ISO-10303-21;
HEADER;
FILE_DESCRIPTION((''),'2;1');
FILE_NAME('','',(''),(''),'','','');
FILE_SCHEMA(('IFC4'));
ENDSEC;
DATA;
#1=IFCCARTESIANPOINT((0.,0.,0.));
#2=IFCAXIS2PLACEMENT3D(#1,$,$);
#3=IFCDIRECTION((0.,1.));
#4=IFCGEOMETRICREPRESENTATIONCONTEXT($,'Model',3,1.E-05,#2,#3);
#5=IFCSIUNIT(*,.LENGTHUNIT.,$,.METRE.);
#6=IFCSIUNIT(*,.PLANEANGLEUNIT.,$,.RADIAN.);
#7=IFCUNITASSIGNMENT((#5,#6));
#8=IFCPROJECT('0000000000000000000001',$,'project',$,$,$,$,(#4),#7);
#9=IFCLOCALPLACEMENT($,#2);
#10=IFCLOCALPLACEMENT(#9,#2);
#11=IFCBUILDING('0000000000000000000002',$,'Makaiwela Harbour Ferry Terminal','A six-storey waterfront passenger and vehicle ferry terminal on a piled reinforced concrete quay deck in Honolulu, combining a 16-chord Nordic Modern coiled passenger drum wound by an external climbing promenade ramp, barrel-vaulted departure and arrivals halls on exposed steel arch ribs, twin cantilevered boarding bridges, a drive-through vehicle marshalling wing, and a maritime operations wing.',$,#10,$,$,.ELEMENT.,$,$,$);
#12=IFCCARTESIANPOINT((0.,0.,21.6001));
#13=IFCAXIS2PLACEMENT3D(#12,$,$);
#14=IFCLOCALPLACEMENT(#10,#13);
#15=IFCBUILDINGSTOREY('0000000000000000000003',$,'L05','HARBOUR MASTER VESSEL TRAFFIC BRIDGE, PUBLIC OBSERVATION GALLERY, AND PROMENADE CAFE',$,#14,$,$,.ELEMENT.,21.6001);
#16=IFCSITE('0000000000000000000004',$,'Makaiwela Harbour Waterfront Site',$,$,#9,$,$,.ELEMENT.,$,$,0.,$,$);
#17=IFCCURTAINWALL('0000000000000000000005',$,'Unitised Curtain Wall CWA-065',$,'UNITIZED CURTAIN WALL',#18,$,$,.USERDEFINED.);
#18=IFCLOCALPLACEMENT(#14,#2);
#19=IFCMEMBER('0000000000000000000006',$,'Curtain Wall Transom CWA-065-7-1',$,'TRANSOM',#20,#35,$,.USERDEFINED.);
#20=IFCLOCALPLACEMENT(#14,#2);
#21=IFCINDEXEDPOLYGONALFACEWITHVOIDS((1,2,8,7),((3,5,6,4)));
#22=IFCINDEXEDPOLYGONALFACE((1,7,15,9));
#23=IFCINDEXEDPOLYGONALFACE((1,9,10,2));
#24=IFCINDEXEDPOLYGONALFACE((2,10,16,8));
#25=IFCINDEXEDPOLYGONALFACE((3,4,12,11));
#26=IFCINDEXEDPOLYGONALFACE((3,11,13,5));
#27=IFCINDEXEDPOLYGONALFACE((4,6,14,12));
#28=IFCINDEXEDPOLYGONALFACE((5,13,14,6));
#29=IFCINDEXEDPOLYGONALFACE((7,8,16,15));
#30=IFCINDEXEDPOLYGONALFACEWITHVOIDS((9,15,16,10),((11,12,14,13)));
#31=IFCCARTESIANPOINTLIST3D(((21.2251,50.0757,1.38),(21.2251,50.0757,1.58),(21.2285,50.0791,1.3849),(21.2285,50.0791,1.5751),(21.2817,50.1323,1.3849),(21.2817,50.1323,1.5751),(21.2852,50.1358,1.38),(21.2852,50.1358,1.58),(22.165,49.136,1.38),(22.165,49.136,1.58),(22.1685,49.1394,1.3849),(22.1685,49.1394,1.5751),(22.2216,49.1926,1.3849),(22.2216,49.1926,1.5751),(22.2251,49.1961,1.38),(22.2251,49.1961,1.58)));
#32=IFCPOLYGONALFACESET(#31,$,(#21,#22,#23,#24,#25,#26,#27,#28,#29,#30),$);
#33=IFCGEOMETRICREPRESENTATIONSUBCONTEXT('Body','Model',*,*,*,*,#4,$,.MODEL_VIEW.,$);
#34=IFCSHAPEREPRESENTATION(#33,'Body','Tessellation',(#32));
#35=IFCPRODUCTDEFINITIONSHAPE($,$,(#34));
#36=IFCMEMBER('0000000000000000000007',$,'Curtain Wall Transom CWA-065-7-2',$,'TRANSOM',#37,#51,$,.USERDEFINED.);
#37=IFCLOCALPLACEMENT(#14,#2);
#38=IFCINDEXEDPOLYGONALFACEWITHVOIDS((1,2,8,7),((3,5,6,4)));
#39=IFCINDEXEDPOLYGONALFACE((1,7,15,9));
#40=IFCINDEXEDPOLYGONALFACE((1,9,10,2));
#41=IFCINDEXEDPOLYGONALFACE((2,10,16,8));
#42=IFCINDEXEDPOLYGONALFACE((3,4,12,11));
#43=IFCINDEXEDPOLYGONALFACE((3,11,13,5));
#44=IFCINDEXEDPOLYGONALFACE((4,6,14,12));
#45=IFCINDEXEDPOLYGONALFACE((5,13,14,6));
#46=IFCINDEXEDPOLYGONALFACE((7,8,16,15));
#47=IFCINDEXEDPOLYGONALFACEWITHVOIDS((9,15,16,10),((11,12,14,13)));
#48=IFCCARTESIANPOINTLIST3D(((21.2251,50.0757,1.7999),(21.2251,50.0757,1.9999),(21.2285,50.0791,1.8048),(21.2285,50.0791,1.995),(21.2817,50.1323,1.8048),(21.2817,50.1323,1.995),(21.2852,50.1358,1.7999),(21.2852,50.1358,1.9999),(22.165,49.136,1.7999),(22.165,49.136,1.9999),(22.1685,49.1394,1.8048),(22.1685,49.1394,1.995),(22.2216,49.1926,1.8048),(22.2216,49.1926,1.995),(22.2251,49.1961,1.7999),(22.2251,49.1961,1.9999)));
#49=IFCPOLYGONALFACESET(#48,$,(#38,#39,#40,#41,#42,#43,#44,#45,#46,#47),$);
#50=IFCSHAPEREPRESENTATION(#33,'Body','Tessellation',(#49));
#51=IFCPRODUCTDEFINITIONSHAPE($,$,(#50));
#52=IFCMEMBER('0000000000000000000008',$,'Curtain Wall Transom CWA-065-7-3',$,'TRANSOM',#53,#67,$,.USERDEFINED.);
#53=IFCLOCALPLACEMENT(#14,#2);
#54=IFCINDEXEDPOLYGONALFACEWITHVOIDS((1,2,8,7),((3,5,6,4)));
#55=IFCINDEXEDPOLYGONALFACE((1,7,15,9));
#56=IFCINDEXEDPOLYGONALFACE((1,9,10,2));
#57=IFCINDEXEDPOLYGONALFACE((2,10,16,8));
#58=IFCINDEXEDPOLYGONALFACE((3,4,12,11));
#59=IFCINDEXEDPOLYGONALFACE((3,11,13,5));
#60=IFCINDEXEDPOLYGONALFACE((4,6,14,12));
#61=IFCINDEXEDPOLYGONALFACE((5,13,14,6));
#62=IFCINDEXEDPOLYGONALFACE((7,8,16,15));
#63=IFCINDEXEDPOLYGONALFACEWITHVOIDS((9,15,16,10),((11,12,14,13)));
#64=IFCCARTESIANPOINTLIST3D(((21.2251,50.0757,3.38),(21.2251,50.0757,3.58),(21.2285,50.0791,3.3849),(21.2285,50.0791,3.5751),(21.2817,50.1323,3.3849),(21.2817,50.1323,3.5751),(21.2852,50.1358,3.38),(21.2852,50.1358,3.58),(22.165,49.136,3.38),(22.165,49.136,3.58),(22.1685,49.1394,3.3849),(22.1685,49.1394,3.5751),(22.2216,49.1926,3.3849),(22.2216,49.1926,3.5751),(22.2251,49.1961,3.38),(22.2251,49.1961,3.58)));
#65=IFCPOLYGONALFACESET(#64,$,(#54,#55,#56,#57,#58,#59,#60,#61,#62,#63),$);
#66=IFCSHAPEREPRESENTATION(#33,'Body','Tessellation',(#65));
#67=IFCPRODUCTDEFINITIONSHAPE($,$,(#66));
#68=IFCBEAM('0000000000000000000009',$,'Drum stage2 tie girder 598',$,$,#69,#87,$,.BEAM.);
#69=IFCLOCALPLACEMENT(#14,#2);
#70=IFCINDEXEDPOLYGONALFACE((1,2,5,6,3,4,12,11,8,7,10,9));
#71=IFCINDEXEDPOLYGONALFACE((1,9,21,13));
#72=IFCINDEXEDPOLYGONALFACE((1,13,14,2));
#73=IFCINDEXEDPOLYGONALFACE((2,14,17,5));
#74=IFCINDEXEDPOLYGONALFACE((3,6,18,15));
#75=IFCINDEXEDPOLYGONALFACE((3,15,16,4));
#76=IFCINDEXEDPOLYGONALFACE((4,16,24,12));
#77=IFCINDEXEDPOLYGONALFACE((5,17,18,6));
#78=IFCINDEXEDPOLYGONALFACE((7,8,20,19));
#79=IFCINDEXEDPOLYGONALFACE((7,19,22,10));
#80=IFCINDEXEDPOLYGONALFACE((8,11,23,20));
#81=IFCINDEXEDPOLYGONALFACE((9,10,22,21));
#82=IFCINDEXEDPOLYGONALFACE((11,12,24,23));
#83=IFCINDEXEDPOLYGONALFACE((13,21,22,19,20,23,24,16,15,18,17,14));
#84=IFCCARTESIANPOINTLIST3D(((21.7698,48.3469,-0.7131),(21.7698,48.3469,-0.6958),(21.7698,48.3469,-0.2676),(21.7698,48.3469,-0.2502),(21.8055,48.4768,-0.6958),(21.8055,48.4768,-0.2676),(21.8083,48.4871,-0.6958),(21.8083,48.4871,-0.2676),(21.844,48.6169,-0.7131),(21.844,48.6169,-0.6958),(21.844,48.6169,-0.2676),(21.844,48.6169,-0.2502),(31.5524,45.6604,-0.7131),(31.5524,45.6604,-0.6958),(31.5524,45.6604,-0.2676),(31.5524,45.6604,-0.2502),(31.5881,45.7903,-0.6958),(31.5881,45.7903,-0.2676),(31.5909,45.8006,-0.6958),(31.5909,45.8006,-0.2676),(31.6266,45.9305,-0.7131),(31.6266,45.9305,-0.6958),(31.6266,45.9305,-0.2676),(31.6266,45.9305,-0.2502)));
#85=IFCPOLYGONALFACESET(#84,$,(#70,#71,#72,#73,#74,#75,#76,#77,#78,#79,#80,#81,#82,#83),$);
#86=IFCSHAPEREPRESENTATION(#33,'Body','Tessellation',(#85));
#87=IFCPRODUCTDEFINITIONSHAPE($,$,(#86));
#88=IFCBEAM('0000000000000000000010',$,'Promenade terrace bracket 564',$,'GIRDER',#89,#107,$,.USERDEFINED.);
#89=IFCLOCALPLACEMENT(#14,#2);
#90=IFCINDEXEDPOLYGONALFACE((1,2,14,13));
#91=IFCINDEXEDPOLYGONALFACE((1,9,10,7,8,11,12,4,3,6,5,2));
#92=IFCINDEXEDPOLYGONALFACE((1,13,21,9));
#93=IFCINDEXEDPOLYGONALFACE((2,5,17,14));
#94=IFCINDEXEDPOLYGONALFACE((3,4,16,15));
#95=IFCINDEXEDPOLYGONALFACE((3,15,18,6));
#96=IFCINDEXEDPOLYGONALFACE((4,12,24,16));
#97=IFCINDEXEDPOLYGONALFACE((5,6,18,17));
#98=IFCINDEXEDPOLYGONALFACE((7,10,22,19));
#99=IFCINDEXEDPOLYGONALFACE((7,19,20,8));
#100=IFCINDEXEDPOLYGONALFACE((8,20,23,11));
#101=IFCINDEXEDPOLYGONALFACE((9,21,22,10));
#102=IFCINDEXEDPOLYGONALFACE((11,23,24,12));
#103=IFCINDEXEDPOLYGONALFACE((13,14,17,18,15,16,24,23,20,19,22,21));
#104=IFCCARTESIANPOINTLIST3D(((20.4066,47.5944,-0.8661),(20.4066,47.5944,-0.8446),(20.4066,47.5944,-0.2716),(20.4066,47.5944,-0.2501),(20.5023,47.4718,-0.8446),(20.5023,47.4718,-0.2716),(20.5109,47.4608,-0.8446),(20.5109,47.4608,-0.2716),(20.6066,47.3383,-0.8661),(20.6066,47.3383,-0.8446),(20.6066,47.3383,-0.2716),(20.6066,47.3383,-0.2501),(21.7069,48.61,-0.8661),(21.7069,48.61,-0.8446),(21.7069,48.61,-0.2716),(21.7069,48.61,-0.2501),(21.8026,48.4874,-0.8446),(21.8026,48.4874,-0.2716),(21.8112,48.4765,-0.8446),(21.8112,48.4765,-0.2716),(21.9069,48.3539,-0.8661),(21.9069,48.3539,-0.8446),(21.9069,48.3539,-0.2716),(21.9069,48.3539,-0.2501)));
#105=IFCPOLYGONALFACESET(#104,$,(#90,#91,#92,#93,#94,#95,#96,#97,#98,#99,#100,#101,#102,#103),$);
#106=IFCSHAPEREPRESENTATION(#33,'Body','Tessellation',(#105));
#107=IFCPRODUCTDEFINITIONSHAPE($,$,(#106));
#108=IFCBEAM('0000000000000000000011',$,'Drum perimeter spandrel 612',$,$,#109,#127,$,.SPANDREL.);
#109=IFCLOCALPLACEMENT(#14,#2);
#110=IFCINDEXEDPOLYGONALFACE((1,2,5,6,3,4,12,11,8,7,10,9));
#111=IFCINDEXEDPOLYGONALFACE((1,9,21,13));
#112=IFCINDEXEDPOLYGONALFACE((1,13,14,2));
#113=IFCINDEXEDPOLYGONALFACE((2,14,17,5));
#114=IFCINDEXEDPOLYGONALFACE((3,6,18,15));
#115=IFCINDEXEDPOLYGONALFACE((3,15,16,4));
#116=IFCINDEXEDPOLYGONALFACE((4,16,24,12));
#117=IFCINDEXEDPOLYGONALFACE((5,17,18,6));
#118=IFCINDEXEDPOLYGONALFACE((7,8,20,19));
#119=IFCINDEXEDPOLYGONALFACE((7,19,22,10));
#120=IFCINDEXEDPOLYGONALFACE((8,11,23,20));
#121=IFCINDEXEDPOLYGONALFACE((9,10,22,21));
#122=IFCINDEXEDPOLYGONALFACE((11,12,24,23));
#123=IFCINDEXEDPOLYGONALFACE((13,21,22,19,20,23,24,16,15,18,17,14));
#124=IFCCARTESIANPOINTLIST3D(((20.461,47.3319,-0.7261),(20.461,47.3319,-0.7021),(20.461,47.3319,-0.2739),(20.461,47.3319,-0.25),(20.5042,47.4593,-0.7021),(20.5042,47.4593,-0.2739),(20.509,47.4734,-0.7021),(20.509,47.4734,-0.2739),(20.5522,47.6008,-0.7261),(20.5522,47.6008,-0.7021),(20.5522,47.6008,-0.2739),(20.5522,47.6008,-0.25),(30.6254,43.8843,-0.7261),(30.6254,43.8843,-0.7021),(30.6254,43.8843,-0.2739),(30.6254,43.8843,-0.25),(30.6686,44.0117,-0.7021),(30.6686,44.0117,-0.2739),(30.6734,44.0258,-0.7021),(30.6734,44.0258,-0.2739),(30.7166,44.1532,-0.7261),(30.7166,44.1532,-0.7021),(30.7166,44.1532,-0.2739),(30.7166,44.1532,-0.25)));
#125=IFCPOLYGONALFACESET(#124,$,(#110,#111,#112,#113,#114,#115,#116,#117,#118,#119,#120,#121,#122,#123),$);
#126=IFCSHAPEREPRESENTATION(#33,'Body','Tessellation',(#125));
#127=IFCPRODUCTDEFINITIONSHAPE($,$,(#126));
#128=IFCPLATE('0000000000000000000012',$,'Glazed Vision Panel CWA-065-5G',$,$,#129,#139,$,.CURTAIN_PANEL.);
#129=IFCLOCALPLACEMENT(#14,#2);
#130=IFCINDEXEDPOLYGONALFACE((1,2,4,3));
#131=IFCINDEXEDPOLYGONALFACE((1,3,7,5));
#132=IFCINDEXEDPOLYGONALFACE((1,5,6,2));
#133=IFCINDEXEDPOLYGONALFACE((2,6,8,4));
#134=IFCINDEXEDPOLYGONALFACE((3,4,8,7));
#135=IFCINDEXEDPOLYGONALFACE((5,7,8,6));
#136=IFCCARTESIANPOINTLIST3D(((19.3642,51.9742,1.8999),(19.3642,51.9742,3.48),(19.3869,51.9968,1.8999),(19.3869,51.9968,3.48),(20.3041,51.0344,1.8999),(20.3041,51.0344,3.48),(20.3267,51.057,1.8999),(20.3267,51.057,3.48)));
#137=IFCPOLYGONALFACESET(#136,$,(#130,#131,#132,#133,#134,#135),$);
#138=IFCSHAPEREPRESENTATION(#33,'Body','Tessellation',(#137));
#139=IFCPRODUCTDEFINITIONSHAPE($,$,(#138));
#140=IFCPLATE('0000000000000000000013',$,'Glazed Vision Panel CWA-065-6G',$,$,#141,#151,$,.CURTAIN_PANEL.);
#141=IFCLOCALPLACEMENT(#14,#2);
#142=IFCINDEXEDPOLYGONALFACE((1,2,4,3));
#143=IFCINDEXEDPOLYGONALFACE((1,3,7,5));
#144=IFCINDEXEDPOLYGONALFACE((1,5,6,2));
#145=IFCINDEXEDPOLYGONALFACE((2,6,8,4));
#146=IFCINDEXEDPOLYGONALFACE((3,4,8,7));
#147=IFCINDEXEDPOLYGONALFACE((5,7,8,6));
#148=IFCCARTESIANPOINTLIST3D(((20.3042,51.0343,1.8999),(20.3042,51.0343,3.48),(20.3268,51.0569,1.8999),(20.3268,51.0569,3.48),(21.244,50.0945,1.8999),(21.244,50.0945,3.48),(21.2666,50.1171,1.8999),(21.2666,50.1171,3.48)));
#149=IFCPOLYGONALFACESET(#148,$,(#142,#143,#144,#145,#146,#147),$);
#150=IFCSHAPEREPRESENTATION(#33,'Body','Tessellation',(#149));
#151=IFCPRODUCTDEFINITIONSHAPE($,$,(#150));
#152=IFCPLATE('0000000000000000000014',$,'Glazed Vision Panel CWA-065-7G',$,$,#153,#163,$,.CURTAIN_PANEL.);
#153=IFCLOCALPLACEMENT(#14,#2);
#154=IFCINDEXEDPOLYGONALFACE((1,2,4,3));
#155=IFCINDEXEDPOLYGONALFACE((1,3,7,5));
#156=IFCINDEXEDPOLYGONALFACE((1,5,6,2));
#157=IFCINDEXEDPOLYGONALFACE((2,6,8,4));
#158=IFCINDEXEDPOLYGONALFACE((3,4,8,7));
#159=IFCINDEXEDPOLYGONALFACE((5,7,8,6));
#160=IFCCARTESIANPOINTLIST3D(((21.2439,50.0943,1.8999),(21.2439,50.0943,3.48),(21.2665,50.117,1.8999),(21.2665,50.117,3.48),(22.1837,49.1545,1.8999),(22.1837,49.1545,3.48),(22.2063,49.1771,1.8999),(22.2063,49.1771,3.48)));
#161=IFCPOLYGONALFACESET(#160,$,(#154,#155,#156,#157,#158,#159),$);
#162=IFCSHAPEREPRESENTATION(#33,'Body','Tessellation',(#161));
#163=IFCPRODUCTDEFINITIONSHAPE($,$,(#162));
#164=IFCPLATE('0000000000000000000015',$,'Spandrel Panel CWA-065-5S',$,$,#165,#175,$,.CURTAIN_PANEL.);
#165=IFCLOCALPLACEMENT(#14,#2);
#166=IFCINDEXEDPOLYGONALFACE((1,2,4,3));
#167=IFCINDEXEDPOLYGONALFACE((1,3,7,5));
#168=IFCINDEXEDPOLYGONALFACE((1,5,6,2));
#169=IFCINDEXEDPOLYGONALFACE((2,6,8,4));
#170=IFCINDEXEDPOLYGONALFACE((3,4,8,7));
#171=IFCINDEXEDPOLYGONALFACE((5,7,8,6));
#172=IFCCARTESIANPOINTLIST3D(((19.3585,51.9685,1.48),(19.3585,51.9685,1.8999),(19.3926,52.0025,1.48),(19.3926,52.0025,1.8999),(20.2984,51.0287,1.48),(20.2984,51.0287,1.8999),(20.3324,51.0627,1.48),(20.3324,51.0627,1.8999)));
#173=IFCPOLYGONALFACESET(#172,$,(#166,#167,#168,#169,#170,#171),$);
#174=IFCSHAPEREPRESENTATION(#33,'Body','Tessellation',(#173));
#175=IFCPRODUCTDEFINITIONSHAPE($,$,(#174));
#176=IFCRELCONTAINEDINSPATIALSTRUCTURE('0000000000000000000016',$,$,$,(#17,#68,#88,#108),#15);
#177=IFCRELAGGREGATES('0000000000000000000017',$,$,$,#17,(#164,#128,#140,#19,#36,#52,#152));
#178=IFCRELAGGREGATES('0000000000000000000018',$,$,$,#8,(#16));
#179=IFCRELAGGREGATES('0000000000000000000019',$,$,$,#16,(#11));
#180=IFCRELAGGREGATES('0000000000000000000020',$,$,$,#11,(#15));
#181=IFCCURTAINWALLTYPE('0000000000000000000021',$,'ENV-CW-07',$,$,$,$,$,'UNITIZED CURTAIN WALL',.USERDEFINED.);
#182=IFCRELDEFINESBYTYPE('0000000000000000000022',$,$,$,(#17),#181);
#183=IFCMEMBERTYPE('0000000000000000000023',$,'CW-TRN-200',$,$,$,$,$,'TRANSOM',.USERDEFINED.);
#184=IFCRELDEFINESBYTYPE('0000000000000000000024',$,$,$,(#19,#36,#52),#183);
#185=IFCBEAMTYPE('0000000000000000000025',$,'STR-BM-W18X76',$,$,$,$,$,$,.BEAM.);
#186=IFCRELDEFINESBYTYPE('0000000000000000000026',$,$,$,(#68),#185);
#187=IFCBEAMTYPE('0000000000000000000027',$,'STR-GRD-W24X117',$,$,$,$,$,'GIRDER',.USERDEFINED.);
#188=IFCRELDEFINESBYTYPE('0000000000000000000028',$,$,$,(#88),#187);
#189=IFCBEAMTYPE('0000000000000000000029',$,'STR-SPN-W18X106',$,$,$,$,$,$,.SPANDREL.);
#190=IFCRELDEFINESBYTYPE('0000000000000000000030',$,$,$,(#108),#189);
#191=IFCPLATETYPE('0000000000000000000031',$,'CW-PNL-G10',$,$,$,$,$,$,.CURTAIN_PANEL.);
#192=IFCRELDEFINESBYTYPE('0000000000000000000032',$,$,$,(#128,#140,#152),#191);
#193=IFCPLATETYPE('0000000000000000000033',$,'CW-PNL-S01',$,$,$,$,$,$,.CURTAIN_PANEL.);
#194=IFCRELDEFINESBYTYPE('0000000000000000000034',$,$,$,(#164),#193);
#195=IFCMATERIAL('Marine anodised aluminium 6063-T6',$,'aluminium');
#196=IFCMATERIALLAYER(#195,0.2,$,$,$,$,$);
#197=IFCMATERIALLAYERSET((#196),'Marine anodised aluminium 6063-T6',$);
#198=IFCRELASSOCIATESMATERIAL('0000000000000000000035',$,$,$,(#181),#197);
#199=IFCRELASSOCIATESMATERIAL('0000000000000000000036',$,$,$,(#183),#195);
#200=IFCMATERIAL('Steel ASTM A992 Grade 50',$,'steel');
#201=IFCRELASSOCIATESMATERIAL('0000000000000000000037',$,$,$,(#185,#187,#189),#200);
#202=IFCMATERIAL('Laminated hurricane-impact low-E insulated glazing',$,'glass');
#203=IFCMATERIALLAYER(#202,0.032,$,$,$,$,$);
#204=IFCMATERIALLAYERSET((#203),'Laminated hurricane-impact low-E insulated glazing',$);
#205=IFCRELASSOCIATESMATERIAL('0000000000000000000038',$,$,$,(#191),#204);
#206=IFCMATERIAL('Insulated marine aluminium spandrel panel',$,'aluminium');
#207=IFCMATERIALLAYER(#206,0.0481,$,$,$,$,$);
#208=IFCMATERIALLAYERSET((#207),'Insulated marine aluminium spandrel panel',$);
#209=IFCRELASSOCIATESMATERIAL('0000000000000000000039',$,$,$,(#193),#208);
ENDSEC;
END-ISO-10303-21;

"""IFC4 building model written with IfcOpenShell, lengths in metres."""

from ifc_helpers import new_model, si_unit, direction, frame, origin, origin_2d, place, context, subcontext, project, spatial, rectangle, hollow_rectangle, i_section, extrude, material, layer, layer_set, material_profile, profile_set, type_object, element, aggregate, save


model = new_model("IFC4")

# Units and contexts
model_context = context("Model", 3, precision=1e-05, world=origin(), true_north=direction((0.0, 1.0)))
body_context = subcontext(model_context, "Body", "Model", "MODEL_VIEW")
ifc_project = project(units=[si_unit("LENGTHUNIT", "METRE"), si_unit("PLANEANGLEUNIT", "RADIAN")], contexts=[model_context])

# Site, building, storey
site_placement = place(None, origin())
site = spatial("IfcSite", under=ifc_project, at=site_placement, Name="Makaiwela Harbour Waterfront Site", CompositionType="ELEMENT", RefElevation=0.0)
building_placement = place(site_placement, origin())
building = spatial("IfcBuilding", under=site, at=building_placement, Name="Makaiwela Harbour Ferry Terminal", Description="A six-storey waterfront passenger and vehicle ferry terminal on a piled reinforced concrete quay deck in Honolulu, combining a 16-chord Nordic Modern coiled passenger drum wound by an external climbing promenade ramp, barrel-vaulted departure and arrivals halls on exposed steel arch ribs, twin cantilevered boarding bridges, a drive-through vehicle marshalling wing, and a maritime operations wing.", CompositionType="ELEMENT")
storey_placement = place(building_placement, frame((0.0, 0.0, 21.6001)))
storey = spatial("IfcBuildingStorey", under=building, at=storey_placement, Name="L05", Description="HARBOUR MASTER VESSEL TRAFFIC BRIDGE, PUBLIC OBSERVATION GALLERY, AND PROMENADE CAFE", CompositionType="ELEMENT", Elevation=21.6001)

# Curtain wall
ifc_material_1 = material(Name="Marine anodised aluminium 6063-T6", Category="aluminium")
ifc_layer_1 = layer(ifc_material_1, 0.2)
ifc_layer_set_1 = layer_set([ifc_layer_1], Name="Marine anodised aluminium 6063-T6")
curtain_wall_type = type_object("IfcCurtainWallType", Name="ENV-CW-07", ElementType="UNITIZED CURTAIN WALL", PredefinedType="USERDEFINED", material=ifc_layer_set_1)
curtain_wall_1_placement = place(storey_placement, origin())
curtain_wall_1 = element("IfcCurtainWall", 1, at=curtain_wall_1_placement, inside=storey, type_object=curtain_wall_type, Name="Unitised Curtain Wall CWA-065", ObjectType="UNITIZED CURTAIN WALL", PredefinedType="USERDEFINED")

# Members
ifc_material_profile_1 = material_profile(ifc_material_1, hollow_rectangle(XDim=0.085, YDim=0.2, WallThickness=0.0049, at=origin_2d()), Name="CWT-200X85")
ifc_profile_set_1 = profile_set([ifc_material_profile_1], Name="Marine anodised aluminium 6063-T6")
member_type_1 = type_object("IfcMemberType", Name="CW-TRN-200", ElementType="TRANSOM", PredefinedType="USERDEFINED", material=ifc_profile_set_1)
member_1_placement = place(storey_placement, frame((21.2551, 50.1057, 1.48), z_axis=(0.707199, -0.707015, 0.0), x_axis=(0.707015, 0.707199, 0.0)))
member_1 = element("IfcMember", 2, at=member_1_placement, type_object=member_type_1, Name="Curtain Wall Transom CWA-065-7-1", ObjectType="TRANSOM", PredefinedType="USERDEFINED", context=body_context, shape_type="SweptSolid", body=[
    extrude(hollow_rectangle(XDim=0.085, YDim=0.2, WallThickness=0.0049, at=origin_2d()), origin(), (0.0, 0.0, 1.0), 1.3291),
])
member_2_placement = place(storey_placement, frame((21.2551, 50.1057, 1.8999), z_axis=(0.707199, -0.707015, 0.0), x_axis=(0.707015, 0.707199, 0.0)))
member_2 = element("IfcMember", 3, at=member_2_placement, type_object=member_type_1, Name="Curtain Wall Transom CWA-065-7-2", ObjectType="TRANSOM", PredefinedType="USERDEFINED", context=body_context, shape_type="SweptSolid", body=[
    extrude(hollow_rectangle(XDim=0.085, YDim=0.2, WallThickness=0.0049, at=origin_2d()), origin(), (0.0, 0.0, 1.0), 1.3291),
])
member_3_placement = place(storey_placement, frame((21.2551, 50.1057, 3.48), z_axis=(0.707199, -0.707015, 0.0), x_axis=(0.707015, 0.707199, 0.0)))
member_3 = element("IfcMember", 4, at=member_3_placement, type_object=member_type_1, Name="Curtain Wall Transom CWA-065-7-3", ObjectType="TRANSOM", PredefinedType="USERDEFINED", context=body_context, shape_type="SweptSolid", body=[
    extrude(hollow_rectangle(XDim=0.085, YDim=0.2, WallThickness=0.0049, at=origin_2d()), origin(), (0.0, 0.0, 1.0), 1.3291),
])

# Beams
ifc_material_2 = material(Name="Steel ASTM A992 Grade 50", Category="steel")
ifc_material_profile_2 = material_profile(ifc_material_2, i_section(OverallWidth=0.28, OverallDepth=0.4629, WebThickness=0.0107, FlangeThickness=0.0173, at=origin_2d()), Name="W18X76")
ifc_profile_set_2 = profile_set([ifc_material_profile_2], Name="Steel ASTM A992 Grade 50")
beam_type_1 = type_object("IfcBeamType", Name="STR-BM-W18X76", PredefinedType="BEAM", material=ifc_profile_set_2)
beam_1_placement = place(storey_placement, frame((21.8069, 48.4819, -0.4817), z_axis=(0.964299, -0.264815, 0.0), x_axis=(0.264815, 0.964299, 0.0)))
element("IfcBeam", 5, at=beam_1_placement, inside=storey, type_object=beam_type_1, Name="Drum stage2 tie girder 598", PredefinedType="BEAM", context=body_context, shape_type="SweptSolid", body=[
    extrude(i_section(OverallWidth=0.28, OverallDepth=0.4629, WebThickness=0.0107, FlangeThickness=0.0173, at=origin_2d()), origin(), (0.0, 0.0, 1.0), 10.1448),
])
ifc_material_profile_3 = material_profile(ifc_material_2, i_section(OverallWidth=0.325, OverallDepth=0.616, WebThickness=0.0139, FlangeThickness=0.0215, at=origin_2d()), Name="W24X117")
ifc_profile_set_3 = profile_set([ifc_material_profile_3], Name="Steel ASTM A992 Grade 50")
beam_type_2 = type_object("IfcBeamType", Name="STR-GRD-W24X117", ElementType="GIRDER", PredefinedType="USERDEFINED", material=ifc_profile_set_3)
beam_2_placement = place(storey_placement, frame((21.8069, 48.4819, -0.5581), z_axis=(-0.788092, -0.615558, 0.0), x_axis=(0.615558, -0.788092, 0.0)))
element("IfcBeam", 6, at=beam_2_placement, inside=storey, type_object=beam_type_2, Name="Promenade terrace bracket 564", ObjectType="GIRDER", PredefinedType="USERDEFINED", context=body_context, shape_type="SweptSolid", body=[
    extrude(i_section(OverallWidth=0.325, OverallDepth=0.616, WebThickness=0.0139, FlangeThickness=0.0215, at=origin_2d()), origin(), (0.0, 0.0, 1.0), 1.6499),
])
ifc_material_profile_4 = material_profile(ifc_material_2, i_section(OverallWidth=0.2839, OverallDepth=0.4761, WebThickness=0.0149, FlangeThickness=0.0239, at=origin_2d()), Name="W18X106")
ifc_profile_set_4 = profile_set([ifc_material_profile_4], Name="Steel ASTM A992 Grade 50")
beam_type_3 = type_object("IfcBeamType", Name="STR-SPN-W18X106", PredefinedType="SPANDREL", material=ifc_profile_set_4)
beam_3_placement = place(storey_placement, frame((20.5066, 47.4663, -0.488), z_axis=(0.94701, -0.321205, 0.0), x_axis=(0.321205, 0.94701, 0.0)))
element("IfcBeam", 7, at=beam_3_placement, inside=storey, type_object=beam_type_3, Name="Drum perimeter spandrel 612", PredefinedType="SPANDREL", context=body_context, shape_type="SweptSolid", body=[
    extrude(i_section(OverallWidth=0.2839, OverallDepth=0.4761, WebThickness=0.0149, FlangeThickness=0.0239, at=origin_2d()), origin(), (0.0, 0.0, 1.0), 10.7332),
])

# Plates
ifc_material_3 = material(Name="Laminated hurricane-impact low-E insulated glazing", Category="glass")
ifc_layer_2 = layer(ifc_material_3, 0.032)
ifc_layer_set_2 = layer_set([ifc_layer_2], Name="Laminated hurricane-impact low-E insulated glazing")
plate_type_1 = type_object("IfcPlateType", Name="CW-PNL-G10", PredefinedType="CURTAIN_PANEL", material=ifc_layer_set_2)
plate_1_placement = place(storey_placement, frame((19.8455, 51.5156, 1.8999), z_axis=(0.0, 0.0, 1.0), x_axis=(0.707107, -0.707107, 0.0)))
plate_1 = element("IfcPlate", 8, at=plate_1_placement, type_object=plate_type_1, Name="Glazed Vision Panel CWA-065-5G", PredefinedType="CURTAIN_PANEL", context=body_context, shape_type="SweptSolid", body=[
    extrude(rectangle(XDim=1.3291, YDim=0.032, at=origin_2d()), origin(), (0.0, 0.0, 1.0), 1.5801),
])
plate_2_placement = place(storey_placement, frame((20.7854, 50.5757, 1.8999), z_axis=(0.0, 0.0, 1.0), x_axis=(0.707107, -0.707107, 0.0)))
plate_2 = element("IfcPlate", 9, at=plate_2_placement, type_object=plate_type_1, Name="Glazed Vision Panel CWA-065-6G", PredefinedType="CURTAIN_PANEL", context=body_context, shape_type="SweptSolid", body=[
    extrude(rectangle(XDim=1.3291, YDim=0.032, at=origin_2d()), origin(), (0.0, 0.0, 1.0), 1.5801),
])
plate_3_placement = place(storey_placement, frame((21.7251, 49.6357, 1.8999), z_axis=(0.0, 0.0, 1.0), x_axis=(0.707107, -0.707107, 0.0)))
plate_3 = element("IfcPlate", 10, at=plate_3_placement, type_object=plate_type_1, Name="Glazed Vision Panel CWA-065-7G", PredefinedType="CURTAIN_PANEL", context=body_context, shape_type="SweptSolid", body=[
    extrude(rectangle(XDim=1.3291, YDim=0.032, at=origin_2d()), origin(), (0.0, 0.0, 1.0), 1.5801),
])
ifc_material_4 = material(Name="Insulated marine aluminium spandrel panel", Category="aluminium")
ifc_layer_3 = layer(ifc_material_4, 0.0481)
ifc_layer_set_3 = layer_set([ifc_layer_3], Name="Insulated marine aluminium spandrel panel")
plate_type_2 = type_object("IfcPlateType", Name="CW-PNL-S01", PredefinedType="CURTAIN_PANEL", material=ifc_layer_set_3)
plate_4_placement = place(storey_placement, frame((19.8455, 51.5156, 1.48), z_axis=(0.0, 0.0, 1.0), x_axis=(0.707107, -0.707107, 0.0)))
plate_4 = element("IfcPlate", 11, at=plate_4_placement, type_object=plate_type_2, Name="Spandrel Panel CWA-065-5S", PredefinedType="CURTAIN_PANEL", context=body_context, shape_type="SweptSolid", body=[
    extrude(rectangle(XDim=1.3291, YDim=0.0481, at=origin_2d()), origin(), (0.0, 0.0, 1.0), 0.4199),
])
aggregate(curtain_wall_1, [plate_4, plate_1, plate_2, member_1, member_2, member_3, plate_3])

save(model, "model.ifc")
